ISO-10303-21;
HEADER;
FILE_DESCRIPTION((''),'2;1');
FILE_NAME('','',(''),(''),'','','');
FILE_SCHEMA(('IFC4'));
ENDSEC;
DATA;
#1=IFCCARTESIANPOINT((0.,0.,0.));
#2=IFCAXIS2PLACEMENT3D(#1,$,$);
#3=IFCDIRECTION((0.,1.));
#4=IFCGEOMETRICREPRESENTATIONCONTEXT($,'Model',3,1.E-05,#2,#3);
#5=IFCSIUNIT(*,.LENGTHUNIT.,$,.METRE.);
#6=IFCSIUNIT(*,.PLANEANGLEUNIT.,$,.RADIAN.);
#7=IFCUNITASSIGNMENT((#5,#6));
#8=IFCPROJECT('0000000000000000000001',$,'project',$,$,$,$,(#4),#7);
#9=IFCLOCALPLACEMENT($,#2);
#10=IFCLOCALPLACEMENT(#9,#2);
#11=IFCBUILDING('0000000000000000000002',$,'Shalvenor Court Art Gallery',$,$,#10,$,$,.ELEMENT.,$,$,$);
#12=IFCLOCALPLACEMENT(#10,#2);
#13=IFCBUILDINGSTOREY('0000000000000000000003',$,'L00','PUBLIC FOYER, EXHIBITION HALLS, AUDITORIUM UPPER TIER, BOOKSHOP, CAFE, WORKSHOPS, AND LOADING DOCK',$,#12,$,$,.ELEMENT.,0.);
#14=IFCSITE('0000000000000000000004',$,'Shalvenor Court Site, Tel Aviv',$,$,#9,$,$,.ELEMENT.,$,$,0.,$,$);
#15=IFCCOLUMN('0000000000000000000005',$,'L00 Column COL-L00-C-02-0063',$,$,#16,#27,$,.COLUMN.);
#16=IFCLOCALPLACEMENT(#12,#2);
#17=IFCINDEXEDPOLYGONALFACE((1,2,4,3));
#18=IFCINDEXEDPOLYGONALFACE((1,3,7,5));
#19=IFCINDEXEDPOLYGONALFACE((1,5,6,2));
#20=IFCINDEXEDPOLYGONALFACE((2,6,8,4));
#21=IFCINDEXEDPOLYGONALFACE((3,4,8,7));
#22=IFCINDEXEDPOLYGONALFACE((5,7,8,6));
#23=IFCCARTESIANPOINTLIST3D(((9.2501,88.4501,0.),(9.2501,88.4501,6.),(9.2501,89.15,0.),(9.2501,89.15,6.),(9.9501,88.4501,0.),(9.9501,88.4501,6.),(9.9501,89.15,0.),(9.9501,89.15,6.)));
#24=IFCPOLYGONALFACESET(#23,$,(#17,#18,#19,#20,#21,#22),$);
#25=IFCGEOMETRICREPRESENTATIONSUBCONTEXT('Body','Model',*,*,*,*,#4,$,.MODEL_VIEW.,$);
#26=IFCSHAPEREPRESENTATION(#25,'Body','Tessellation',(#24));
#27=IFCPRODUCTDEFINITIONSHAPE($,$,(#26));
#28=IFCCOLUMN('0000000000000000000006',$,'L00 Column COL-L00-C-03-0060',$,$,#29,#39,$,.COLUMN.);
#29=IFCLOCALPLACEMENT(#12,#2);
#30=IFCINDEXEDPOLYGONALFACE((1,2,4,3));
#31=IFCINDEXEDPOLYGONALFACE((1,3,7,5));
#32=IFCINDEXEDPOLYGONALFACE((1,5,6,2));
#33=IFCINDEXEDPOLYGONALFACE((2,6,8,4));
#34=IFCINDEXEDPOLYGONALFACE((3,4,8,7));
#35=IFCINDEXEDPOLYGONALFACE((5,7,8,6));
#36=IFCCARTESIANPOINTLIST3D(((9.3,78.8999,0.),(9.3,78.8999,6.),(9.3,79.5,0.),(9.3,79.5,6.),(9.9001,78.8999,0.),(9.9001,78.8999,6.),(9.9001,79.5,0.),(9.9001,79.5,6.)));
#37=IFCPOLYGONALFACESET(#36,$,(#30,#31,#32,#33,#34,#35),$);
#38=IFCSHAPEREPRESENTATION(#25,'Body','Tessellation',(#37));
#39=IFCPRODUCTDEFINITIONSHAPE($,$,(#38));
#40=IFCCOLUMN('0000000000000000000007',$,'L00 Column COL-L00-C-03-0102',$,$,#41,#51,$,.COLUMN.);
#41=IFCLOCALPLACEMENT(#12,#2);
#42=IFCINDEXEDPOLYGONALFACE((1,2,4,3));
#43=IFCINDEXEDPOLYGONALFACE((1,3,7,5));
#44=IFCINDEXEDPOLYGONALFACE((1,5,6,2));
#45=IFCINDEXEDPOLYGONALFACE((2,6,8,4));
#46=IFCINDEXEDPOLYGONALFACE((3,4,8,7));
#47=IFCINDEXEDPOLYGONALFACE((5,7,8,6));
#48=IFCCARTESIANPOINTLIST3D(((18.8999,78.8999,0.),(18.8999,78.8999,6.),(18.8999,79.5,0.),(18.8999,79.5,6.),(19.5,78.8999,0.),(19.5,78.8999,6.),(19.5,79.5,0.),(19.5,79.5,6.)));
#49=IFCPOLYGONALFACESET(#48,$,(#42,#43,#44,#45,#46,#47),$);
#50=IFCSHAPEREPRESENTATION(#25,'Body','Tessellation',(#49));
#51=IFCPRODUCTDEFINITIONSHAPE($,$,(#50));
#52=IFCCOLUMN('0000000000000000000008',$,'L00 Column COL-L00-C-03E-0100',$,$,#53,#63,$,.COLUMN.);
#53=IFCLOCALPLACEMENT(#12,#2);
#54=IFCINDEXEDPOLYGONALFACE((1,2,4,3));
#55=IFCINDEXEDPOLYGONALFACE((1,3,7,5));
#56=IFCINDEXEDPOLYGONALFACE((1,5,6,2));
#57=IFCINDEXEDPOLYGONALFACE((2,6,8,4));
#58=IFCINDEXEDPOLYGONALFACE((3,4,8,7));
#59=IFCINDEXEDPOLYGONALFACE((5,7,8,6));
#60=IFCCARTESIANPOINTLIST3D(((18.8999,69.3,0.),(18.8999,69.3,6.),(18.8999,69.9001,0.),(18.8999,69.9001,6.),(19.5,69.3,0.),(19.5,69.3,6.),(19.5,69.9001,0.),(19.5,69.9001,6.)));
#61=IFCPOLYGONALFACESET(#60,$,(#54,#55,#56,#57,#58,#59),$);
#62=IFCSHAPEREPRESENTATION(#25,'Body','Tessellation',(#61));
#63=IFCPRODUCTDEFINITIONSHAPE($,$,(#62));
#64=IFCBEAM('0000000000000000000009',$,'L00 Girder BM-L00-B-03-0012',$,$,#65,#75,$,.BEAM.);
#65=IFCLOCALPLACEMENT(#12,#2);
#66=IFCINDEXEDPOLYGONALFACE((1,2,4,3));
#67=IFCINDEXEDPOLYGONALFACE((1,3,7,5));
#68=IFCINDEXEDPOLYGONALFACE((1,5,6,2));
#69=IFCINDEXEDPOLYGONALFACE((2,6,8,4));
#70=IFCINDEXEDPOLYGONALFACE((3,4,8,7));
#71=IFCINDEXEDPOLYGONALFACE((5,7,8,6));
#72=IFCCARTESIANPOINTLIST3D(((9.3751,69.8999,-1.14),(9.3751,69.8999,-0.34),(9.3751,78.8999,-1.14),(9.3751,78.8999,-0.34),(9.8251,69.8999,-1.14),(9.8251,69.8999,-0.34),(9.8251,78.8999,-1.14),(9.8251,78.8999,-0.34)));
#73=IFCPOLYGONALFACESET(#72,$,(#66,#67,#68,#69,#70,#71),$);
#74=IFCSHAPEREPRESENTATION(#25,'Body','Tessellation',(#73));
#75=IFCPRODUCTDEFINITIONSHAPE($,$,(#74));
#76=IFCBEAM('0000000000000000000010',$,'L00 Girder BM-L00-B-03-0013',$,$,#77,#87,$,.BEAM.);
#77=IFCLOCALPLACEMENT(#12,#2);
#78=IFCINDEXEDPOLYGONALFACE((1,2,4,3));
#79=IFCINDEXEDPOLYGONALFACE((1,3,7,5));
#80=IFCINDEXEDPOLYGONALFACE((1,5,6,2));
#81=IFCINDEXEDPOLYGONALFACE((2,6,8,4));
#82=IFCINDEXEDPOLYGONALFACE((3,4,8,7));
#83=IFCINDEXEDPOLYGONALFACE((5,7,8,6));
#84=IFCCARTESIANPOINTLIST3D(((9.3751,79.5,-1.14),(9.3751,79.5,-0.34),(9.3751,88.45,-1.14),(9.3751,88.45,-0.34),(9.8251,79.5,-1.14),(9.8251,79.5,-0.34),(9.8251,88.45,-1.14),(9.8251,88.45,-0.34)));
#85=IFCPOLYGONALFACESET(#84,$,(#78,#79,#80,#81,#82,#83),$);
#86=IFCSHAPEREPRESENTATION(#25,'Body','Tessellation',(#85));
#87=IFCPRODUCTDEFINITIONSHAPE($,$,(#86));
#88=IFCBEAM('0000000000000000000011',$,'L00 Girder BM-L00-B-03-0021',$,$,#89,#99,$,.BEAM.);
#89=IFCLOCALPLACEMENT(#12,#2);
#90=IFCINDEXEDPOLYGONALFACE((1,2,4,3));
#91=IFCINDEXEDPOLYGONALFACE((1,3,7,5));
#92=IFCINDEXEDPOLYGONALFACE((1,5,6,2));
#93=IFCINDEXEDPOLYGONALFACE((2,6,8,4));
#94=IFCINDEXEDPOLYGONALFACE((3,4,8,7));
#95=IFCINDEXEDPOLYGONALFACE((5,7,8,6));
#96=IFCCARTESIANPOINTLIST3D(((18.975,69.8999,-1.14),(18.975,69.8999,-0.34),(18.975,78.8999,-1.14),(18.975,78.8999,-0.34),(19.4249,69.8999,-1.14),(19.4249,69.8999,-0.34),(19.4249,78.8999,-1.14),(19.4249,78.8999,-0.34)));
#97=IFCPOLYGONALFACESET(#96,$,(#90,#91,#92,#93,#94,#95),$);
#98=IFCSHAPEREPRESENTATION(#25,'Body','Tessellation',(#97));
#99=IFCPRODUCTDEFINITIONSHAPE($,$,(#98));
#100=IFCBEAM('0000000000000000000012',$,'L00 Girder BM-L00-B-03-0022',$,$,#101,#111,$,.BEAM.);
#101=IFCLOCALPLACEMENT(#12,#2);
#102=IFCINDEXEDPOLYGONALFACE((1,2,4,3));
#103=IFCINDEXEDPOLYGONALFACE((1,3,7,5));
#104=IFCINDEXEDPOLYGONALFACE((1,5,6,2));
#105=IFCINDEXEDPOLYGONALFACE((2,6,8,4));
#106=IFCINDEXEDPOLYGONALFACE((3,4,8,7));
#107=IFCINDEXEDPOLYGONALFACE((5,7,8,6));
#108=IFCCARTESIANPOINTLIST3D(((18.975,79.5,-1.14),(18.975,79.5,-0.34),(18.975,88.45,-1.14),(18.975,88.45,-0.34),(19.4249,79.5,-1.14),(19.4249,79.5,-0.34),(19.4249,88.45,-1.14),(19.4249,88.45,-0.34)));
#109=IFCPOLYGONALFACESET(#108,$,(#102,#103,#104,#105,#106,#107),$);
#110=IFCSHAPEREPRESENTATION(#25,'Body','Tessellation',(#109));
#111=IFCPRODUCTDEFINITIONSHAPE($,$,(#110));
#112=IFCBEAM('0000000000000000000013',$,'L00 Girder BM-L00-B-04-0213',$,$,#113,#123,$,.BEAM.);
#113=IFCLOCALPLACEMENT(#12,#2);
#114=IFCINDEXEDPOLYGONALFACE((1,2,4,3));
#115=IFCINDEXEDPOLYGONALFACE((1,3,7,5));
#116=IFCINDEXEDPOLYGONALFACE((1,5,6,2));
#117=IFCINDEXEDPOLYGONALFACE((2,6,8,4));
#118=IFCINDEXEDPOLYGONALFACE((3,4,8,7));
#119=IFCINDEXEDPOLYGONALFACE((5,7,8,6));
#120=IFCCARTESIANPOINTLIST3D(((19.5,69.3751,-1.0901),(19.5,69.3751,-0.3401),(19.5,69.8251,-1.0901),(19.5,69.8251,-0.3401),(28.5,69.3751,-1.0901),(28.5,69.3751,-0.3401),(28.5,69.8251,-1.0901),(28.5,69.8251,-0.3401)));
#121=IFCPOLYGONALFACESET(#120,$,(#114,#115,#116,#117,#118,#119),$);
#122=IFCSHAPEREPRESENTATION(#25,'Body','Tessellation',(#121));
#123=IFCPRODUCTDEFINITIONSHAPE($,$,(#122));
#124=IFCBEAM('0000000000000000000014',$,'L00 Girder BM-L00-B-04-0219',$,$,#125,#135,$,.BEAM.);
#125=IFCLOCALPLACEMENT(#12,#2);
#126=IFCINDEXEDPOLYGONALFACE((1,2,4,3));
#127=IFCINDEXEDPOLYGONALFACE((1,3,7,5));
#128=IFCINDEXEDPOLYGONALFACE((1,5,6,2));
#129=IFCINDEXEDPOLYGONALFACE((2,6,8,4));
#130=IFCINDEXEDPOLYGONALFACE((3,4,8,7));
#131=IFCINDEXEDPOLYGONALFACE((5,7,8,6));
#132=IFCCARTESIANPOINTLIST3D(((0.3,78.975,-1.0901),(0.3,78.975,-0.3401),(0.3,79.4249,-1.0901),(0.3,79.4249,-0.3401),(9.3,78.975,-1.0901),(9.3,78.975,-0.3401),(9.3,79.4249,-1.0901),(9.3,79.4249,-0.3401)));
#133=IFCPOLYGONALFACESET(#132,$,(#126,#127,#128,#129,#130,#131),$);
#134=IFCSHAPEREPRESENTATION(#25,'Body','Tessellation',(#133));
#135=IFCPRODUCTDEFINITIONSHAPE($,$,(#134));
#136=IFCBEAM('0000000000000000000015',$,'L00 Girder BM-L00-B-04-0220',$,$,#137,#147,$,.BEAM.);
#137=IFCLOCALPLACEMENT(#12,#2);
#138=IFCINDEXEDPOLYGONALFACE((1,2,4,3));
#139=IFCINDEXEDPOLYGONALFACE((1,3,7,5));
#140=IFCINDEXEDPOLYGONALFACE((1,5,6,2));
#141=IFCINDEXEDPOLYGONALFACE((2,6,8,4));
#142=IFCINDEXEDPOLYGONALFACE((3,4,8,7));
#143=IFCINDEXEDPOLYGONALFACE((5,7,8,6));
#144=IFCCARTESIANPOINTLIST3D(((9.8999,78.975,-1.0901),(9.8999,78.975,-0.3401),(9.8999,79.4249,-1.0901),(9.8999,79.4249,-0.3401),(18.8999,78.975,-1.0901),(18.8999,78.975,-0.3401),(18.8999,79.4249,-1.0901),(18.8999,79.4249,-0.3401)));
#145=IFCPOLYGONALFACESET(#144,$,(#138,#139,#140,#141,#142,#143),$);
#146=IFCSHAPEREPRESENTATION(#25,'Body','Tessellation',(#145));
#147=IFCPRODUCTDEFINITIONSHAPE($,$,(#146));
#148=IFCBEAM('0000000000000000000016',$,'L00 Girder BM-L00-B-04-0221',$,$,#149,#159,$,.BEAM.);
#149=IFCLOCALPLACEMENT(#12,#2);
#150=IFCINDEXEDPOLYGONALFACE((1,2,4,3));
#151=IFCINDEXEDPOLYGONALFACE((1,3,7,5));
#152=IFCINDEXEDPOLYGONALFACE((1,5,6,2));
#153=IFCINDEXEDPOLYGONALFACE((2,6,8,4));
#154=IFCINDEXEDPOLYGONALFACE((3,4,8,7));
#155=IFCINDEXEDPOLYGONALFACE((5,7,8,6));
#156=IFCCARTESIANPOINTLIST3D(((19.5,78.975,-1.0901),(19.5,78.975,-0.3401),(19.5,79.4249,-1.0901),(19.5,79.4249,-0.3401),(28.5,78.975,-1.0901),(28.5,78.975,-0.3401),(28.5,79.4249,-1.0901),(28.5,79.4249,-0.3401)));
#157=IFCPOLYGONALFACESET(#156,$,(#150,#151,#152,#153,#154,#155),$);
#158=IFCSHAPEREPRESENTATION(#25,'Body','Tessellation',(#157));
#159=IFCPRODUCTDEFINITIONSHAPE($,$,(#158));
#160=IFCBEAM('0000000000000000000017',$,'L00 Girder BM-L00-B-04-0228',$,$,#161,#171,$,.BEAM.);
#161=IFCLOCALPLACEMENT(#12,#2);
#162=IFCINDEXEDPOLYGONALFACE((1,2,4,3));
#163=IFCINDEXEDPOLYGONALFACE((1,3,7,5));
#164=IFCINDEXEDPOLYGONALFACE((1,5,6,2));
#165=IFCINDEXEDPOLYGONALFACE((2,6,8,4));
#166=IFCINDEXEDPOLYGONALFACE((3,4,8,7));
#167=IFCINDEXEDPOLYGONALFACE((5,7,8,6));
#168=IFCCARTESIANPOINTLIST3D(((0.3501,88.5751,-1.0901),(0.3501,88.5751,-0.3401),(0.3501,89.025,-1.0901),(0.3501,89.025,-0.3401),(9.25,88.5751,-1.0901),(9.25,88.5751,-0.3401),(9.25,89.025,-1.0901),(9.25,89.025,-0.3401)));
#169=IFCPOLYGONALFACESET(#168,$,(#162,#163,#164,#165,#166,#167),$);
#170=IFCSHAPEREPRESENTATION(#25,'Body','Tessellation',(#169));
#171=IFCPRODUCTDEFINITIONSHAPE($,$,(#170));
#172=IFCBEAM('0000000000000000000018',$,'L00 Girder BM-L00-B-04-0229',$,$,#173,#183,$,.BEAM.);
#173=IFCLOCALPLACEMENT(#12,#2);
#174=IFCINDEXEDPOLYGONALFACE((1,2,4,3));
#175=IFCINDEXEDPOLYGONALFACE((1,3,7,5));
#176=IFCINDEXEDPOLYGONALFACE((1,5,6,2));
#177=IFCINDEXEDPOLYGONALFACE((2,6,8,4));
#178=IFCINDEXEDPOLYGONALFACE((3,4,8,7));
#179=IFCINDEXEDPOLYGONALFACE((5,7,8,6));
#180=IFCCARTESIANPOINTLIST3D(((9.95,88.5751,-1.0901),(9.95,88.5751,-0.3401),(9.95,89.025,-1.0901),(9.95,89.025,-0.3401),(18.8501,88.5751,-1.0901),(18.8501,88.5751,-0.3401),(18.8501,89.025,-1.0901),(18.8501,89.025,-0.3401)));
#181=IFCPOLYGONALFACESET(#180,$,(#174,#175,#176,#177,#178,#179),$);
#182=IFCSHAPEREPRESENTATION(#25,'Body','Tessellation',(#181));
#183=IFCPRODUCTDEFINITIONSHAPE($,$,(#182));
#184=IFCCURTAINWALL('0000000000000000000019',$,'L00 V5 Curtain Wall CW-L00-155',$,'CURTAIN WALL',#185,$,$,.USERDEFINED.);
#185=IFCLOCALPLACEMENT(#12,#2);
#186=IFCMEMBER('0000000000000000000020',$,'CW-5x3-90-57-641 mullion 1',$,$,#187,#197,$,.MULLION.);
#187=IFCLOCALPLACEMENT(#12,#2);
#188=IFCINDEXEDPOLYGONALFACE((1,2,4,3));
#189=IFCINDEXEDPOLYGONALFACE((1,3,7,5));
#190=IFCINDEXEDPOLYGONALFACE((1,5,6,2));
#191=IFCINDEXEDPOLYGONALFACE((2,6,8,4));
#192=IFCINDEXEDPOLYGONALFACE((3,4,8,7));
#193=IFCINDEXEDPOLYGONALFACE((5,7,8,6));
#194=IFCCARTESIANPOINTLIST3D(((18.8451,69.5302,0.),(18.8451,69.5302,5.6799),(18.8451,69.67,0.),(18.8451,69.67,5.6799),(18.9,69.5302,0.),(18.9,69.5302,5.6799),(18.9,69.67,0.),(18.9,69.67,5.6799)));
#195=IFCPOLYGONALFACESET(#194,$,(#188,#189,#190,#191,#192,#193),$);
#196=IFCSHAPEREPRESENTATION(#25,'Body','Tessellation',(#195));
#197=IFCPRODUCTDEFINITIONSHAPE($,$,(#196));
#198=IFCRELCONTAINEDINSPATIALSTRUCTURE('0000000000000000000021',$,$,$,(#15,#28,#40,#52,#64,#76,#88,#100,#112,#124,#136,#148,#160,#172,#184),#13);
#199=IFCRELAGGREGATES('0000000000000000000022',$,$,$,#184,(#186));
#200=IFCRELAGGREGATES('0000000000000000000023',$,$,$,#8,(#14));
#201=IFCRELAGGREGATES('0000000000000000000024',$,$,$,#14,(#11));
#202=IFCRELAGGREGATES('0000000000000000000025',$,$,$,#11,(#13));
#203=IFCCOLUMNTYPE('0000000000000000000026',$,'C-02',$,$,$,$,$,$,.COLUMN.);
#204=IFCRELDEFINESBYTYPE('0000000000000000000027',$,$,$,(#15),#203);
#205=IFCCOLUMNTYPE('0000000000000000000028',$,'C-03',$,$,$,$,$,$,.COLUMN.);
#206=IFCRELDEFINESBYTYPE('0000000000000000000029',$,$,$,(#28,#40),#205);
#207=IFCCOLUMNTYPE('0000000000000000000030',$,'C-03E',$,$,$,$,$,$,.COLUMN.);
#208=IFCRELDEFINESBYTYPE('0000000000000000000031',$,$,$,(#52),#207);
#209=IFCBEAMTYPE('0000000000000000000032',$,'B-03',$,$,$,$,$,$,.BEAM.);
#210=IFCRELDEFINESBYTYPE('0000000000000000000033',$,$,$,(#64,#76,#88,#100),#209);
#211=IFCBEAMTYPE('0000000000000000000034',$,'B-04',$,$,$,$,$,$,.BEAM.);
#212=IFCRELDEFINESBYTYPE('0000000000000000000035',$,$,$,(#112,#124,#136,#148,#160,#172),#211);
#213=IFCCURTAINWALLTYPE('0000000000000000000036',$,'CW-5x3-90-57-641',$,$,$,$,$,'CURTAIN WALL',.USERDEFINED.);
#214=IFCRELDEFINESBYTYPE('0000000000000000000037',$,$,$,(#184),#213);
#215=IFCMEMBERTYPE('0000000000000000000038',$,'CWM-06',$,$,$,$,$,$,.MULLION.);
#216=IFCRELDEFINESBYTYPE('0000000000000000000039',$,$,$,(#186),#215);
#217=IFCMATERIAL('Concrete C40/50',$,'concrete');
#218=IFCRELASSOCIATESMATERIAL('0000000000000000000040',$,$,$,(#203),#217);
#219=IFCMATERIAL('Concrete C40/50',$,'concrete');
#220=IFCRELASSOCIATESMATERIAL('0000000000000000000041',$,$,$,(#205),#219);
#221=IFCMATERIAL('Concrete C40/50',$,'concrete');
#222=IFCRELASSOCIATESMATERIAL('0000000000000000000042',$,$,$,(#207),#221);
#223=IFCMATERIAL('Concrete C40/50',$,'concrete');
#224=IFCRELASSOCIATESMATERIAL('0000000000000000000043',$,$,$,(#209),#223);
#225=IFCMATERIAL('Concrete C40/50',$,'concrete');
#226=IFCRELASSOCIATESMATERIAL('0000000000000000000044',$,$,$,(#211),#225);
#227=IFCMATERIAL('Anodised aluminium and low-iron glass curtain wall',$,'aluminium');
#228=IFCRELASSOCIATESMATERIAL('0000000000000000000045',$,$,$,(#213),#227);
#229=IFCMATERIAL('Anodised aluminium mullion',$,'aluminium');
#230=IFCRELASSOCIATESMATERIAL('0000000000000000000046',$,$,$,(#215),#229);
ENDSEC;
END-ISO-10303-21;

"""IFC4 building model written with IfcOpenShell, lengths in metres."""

from ifc_helpers import new_model, si_unit, direction, frame, origin, origin_2d, place, context, subcontext, project, spatial, rectangle, extrude, material, material_profile, profile_set, type_object, element, aggregate, save


model = new_model("IFC4")

# Units and contexts
model_context = context("Model", 3, precision=1e-05, world=origin(), true_north=direction((0.0, 1.0)))
body_context = subcontext(model_context, "Body", "Model", "MODEL_VIEW")
ifc_project = project(units=[si_unit("LENGTHUNIT", "METRE"), si_unit("PLANEANGLEUNIT", "RADIAN")], contexts=[model_context])

# Site, building, storey
site_placement = place(None, origin())
site = spatial("IfcSite", under=ifc_project, at=site_placement, Name="Shalvenor Court Site, Tel Aviv", CompositionType="ELEMENT", RefElevation=0.0)
building_placement = place(site_placement, origin())
building = spatial("IfcBuilding", under=site, at=building_placement, Name="Shalvenor Court Art Gallery", CompositionType="ELEMENT")
storey_placement = place(building_placement, origin())
storey = spatial("IfcBuildingStorey", under=building, at=storey_placement, Name="L00", Description="PUBLIC FOYER, EXHIBITION HALLS, AUDITORIUM UPPER TIER, BOOKSHOP, CAFE, WORKSHOPS, AND LOADING DOCK", CompositionType="ELEMENT", Elevation=0.0)

# Columns
ifc_material_1 = material(Name="Concrete C40/50", Category="concrete")
ifc_material_profile_1 = material_profile(ifc_material_1, rectangle(XDim=0.7, YDim=0.7, at=origin_2d()), Name="RC 700x700")
ifc_profile_set_1 = profile_set([ifc_material_profile_1], Name="Concrete C40/50")
column_type_1 = type_object("IfcColumnType", Name="C-02", PredefinedType="COLUMN", material=ifc_profile_set_1)
column_1_placement = place(storey_placement, frame((9.6001, 88.8, 0.0), z_axis=(0.0, 0.0, 1.0), x_axis=(1.0, 0.0, 0.0)))
element("IfcColumn", 1, at=column_1_placement, inside=storey, type_object=column_type_1, Name="L00 Column COL-L00-C-02-0063", PredefinedType="COLUMN", context=body_context, shape_type="SweptSolid", body=[
    extrude(rectangle(XDim=0.7, YDim=0.7, at=origin_2d()), origin(), (0.0, 0.0, 1.0), 6.0),
])
ifc_material_2 = material(Name="Concrete C40/50", Category="concrete")
ifc_material_profile_2 = material_profile(ifc_material_2, rectangle(XDim=0.6001, YDim=0.6001, at=origin_2d()), Name="RC 600x600")
ifc_profile_set_2 = profile_set([ifc_material_profile_2], Name="Concrete C40/50")
column_type_2 = type_object("IfcColumnType", Name="C-03", PredefinedType="COLUMN", material=ifc_profile_set_2)
for number, where, z_axis, x_axis, name in (
    (2, (9.6001, 79.2, 0.0), (0.0, 0.0, 1.0), (1.0, 0.0, 0.0), "L00 Column COL-L00-C-03-0060"),
    (3, (19.2, 79.2, 0.0), (0.0, 0.0, 1.0), (1.0, 0.0, 0.0), "L00 Column COL-L00-C-03-0102"),
):
    element("IfcColumn", number, at=place(storey_placement, frame(where, z_axis=z_axis, x_axis=x_axis)), inside=storey, type_object=column_type_2, Name=name, PredefinedType="COLUMN", context=body_context, shape_type="SweptSolid", body=[
        extrude(rectangle(XDim=0.6001, YDim=0.6001, at=origin_2d()), origin(), (0.0, 0.0, 1.0), 6.0),
    ])
ifc_material_3 = material(Name="Concrete C40/50", Category="concrete")
ifc_material_profile_3 = material_profile(ifc_material_3, rectangle(XDim=0.6001, YDim=0.6001, at=origin_2d()), Name="RC 600x600")
ifc_profile_set_3 = profile_set([ifc_material_profile_3], Name="Concrete C40/50")
column_type_3 = type_object("IfcColumnType", Name="C-03E", PredefinedType="COLUMN", material=ifc_profile_set_3)
column_2_placement = place(storey_placement, frame((19.2, 69.6001, 0.0), z_axis=(0.0, 0.0, 1.0), x_axis=(1.0, 0.0, 0.0)))
element("IfcColumn", 4, at=column_2_placement, inside=storey, type_object=column_type_3, Name="L00 Column COL-L00-C-03E-0100", PredefinedType="COLUMN", context=body_context, shape_type="SweptSolid", body=[
    extrude(rectangle(XDim=0.6001, YDim=0.6001, at=origin_2d()), origin(), (0.0, 0.0, 1.0), 6.0),
])

# Beams
ifc_material_4 = material(Name="Concrete C40/50", Category="concrete")
ifc_material_profile_4 = material_profile(ifc_material_4, rectangle(XDim=0.45, YDim=0.8, at=origin_2d()), Name="RC 450x800")
ifc_profile_set_4 = profile_set([ifc_material_profile_4], Name="Concrete C40/50")
beam_type_1 = type_object("IfcBeamType", Name="B-03", PredefinedType="BEAM", material=ifc_profile_set_4)
beam_1_placement = place(storey_placement, frame((9.6001, 69.8999, -0.74), z_axis=(0.0, 1.0, 0.0), x_axis=(-1.0, 0.0, 0.0)))
element("IfcBeam", 5, at=beam_1_placement, inside=storey, type_object=beam_type_1, Name="L00 Girder BM-L00-B-03-0012", PredefinedType="BEAM", context=body_context, shape_type="SweptSolid", body=[
    extrude(rectangle(XDim=0.45, YDim=0.8, at=origin_2d()), origin(), (0.0, 0.0, 1.0), 9.0),
])
beam_2_placement = place(storey_placement, frame((9.6001, 79.5, -0.74), z_axis=(0.0, 1.0, 0.0), x_axis=(-1.0, 0.0, 0.0)))
element("IfcBeam", 6, at=beam_2_placement, inside=storey, type_object=beam_type_1, Name="L00 Girder BM-L00-B-03-0013", PredefinedType="BEAM", context=body_context, shape_type="SweptSolid", body=[
    extrude(rectangle(XDim=0.45, YDim=0.8, at=origin_2d()), origin(), (0.0, 0.0, 1.0), 8.95),
])
beam_3_placement = place(storey_placement, frame((19.2, 69.8999, -0.74), z_axis=(0.0, 1.0, 0.0), x_axis=(-1.0, 0.0, 0.0)))
element("IfcBeam", 7, at=beam_3_placement, inside=storey, type_object=beam_type_1, Name="L00 Girder BM-L00-B-03-0021", PredefinedType="BEAM", context=body_context, shape_type="SweptSolid", body=[
    extrude(rectangle(XDim=0.45, YDim=0.8, at=origin_2d()), origin(), (0.0, 0.0, 1.0), 9.0),
])
beam_4_placement = place(storey_placement, frame((19.2, 79.5, -0.74), z_axis=(0.0, 1.0, 0.0), x_axis=(-1.0, 0.0, 0.0)))
element("IfcBeam", 8, at=beam_4_placement, inside=storey, type_object=beam_type_1, Name="L00 Girder BM-L00-B-03-0022", PredefinedType="BEAM", context=body_context, shape_type="SweptSolid", body=[
    extrude(rectangle(XDim=0.45, YDim=0.8, at=origin_2d()), origin(), (0.0, 0.0, 1.0), 8.95),
])
ifc_material_5 = material(Name="Concrete C40/50", Category="concrete")
ifc_material_profile_5 = material_profile(ifc_material_5, rectangle(XDim=0.45, YDim=0.75, at=origin_2d()), Name="RC 450x750")
ifc_profile_set_5 = profile_set([ifc_material_profile_5], Name="Concrete C40/50")
beam_type_2 = type_object("IfcBeamType", Name="B-04", PredefinedType="BEAM", material=ifc_profile_set_5)
for number, where, z_axis, x_axis, name in (
    (9, (19.5, 69.6001, -0.7151), (1.0, 0.0, 0.0), (0.0, 1.0, 0.0), "L00 Girder BM-L00-B-04-0213"),
    (10, (0.3, 79.2, -0.7151), (1.0, 0.0, 0.0), (0.0, 1.0, 0.0), "L00 Girder BM-L00-B-04-0219"),
    (11, (9.8999, 79.2, -0.7151), (1.0, 0.0, 0.0), (0.0, 1.0, 0.0), "L00 Girder BM-L00-B-04-0220"),
    (12, (19.5, 79.2, -0.7151), (1.0, 0.0, 0.0), (0.0, 1.0, 0.0), "L00 Girder BM-L00-B-04-0221"),
):
    element("IfcBeam", number, at=place(storey_placement, frame(where, z_axis=z_axis, x_axis=x_axis)), inside=storey, type_object=beam_type_2, Name=name, PredefinedType="BEAM", context=body_context, shape_type="SweptSolid", body=[
        extrude(rectangle(XDim=0.45, YDim=0.75, at=origin_2d()), origin(), (0.0, 0.0, 1.0), 9.0),
    ])
beam_5_placement = place(storey_placement, frame((0.3501, 88.8, -0.7151), z_axis=(1.0, 0.0, 0.0), x_axis=(0.0, 1.0, 0.0)))
element("IfcBeam", 13, at=beam_5_placement, inside=storey, type_object=beam_type_2, Name="L00 Girder BM-L00-B-04-0228", PredefinedType="BEAM", context=body_context, shape_type="SweptSolid", body=[
    extrude(rectangle(XDim=0.45, YDim=0.75, at=origin_2d()), origin(), (0.0, 0.0, 1.0), 8.8999),
])
beam_6_placement = place(storey_placement, frame((9.95, 88.8, -0.7151), z_axis=(1.0, 0.0, 0.0), x_axis=(0.0, 1.0, 0.0)))
element("IfcBeam", 14, at=beam_6_placement, inside=storey, type_object=beam_type_2, Name="L00 Girder BM-L00-B-04-0229", PredefinedType="BEAM", context=body_context, shape_type="SweptSolid", body=[
    extrude(rectangle(XDim=0.45, YDim=0.75, at=origin_2d()), origin(), (0.0, 0.0, 1.0), 8.9001),
])

# Curtain wall, member
ifc_material_6 = material(Name="Anodised aluminium and low-iron glass curtain wall", Category="aluminium")
curtain_wall_type_1 = type_object("IfcCurtainWallType", Name="CW-5x3-90-57-641", ElementType="CURTAIN WALL", PredefinedType="USERDEFINED", material=ifc_material_6)
curtain_wall_1_placement = place(storey_placement, origin())
curtain_wall_1 = element("IfcCurtainWall", 15, at=curtain_wall_1_placement, inside=storey, type_object=curtain_wall_type_1, Name="L00 V5 Curtain Wall CW-L00-155", ObjectType="CURTAIN WALL", PredefinedType="USERDEFINED")
ifc_material_7 = material(Name="Anodised aluminium mullion", Category="aluminium")
ifc_material_profile_6 = material_profile(ifc_material_7, rectangle(XDim=0.0549, YDim=0.1399, at=origin_2d()), Name="CWM-06")
ifc_profile_set_6 = profile_set([ifc_material_profile_6], Name="Anodised aluminium mullion")
member_type_1 = type_object("IfcMemberType", Name="CWM-06", PredefinedType="MULLION", material=ifc_profile_set_6)
member_1_placement = place(storey_placement, frame((18.8726, 69.6001, 0.0), z_axis=(0.0, 0.0, 1.0), x_axis=(-1.0, 0.0, 0.0)))
member_1 = element("IfcMember", 16, at=member_1_placement, type_object=member_type_1, Name="CW-5x3-90-57-641 mullion 1", PredefinedType="MULLION", context=body_context, shape_type="SweptSolid", body=[
    extrude(rectangle(XDim=0.0549, YDim=0.1399, at=origin_2d()), origin(), (0.0, 0.0, 1.0), 5.6799),
])

aggregate(curtain_wall_1, [member_1])

save(model, "model.ifc")
